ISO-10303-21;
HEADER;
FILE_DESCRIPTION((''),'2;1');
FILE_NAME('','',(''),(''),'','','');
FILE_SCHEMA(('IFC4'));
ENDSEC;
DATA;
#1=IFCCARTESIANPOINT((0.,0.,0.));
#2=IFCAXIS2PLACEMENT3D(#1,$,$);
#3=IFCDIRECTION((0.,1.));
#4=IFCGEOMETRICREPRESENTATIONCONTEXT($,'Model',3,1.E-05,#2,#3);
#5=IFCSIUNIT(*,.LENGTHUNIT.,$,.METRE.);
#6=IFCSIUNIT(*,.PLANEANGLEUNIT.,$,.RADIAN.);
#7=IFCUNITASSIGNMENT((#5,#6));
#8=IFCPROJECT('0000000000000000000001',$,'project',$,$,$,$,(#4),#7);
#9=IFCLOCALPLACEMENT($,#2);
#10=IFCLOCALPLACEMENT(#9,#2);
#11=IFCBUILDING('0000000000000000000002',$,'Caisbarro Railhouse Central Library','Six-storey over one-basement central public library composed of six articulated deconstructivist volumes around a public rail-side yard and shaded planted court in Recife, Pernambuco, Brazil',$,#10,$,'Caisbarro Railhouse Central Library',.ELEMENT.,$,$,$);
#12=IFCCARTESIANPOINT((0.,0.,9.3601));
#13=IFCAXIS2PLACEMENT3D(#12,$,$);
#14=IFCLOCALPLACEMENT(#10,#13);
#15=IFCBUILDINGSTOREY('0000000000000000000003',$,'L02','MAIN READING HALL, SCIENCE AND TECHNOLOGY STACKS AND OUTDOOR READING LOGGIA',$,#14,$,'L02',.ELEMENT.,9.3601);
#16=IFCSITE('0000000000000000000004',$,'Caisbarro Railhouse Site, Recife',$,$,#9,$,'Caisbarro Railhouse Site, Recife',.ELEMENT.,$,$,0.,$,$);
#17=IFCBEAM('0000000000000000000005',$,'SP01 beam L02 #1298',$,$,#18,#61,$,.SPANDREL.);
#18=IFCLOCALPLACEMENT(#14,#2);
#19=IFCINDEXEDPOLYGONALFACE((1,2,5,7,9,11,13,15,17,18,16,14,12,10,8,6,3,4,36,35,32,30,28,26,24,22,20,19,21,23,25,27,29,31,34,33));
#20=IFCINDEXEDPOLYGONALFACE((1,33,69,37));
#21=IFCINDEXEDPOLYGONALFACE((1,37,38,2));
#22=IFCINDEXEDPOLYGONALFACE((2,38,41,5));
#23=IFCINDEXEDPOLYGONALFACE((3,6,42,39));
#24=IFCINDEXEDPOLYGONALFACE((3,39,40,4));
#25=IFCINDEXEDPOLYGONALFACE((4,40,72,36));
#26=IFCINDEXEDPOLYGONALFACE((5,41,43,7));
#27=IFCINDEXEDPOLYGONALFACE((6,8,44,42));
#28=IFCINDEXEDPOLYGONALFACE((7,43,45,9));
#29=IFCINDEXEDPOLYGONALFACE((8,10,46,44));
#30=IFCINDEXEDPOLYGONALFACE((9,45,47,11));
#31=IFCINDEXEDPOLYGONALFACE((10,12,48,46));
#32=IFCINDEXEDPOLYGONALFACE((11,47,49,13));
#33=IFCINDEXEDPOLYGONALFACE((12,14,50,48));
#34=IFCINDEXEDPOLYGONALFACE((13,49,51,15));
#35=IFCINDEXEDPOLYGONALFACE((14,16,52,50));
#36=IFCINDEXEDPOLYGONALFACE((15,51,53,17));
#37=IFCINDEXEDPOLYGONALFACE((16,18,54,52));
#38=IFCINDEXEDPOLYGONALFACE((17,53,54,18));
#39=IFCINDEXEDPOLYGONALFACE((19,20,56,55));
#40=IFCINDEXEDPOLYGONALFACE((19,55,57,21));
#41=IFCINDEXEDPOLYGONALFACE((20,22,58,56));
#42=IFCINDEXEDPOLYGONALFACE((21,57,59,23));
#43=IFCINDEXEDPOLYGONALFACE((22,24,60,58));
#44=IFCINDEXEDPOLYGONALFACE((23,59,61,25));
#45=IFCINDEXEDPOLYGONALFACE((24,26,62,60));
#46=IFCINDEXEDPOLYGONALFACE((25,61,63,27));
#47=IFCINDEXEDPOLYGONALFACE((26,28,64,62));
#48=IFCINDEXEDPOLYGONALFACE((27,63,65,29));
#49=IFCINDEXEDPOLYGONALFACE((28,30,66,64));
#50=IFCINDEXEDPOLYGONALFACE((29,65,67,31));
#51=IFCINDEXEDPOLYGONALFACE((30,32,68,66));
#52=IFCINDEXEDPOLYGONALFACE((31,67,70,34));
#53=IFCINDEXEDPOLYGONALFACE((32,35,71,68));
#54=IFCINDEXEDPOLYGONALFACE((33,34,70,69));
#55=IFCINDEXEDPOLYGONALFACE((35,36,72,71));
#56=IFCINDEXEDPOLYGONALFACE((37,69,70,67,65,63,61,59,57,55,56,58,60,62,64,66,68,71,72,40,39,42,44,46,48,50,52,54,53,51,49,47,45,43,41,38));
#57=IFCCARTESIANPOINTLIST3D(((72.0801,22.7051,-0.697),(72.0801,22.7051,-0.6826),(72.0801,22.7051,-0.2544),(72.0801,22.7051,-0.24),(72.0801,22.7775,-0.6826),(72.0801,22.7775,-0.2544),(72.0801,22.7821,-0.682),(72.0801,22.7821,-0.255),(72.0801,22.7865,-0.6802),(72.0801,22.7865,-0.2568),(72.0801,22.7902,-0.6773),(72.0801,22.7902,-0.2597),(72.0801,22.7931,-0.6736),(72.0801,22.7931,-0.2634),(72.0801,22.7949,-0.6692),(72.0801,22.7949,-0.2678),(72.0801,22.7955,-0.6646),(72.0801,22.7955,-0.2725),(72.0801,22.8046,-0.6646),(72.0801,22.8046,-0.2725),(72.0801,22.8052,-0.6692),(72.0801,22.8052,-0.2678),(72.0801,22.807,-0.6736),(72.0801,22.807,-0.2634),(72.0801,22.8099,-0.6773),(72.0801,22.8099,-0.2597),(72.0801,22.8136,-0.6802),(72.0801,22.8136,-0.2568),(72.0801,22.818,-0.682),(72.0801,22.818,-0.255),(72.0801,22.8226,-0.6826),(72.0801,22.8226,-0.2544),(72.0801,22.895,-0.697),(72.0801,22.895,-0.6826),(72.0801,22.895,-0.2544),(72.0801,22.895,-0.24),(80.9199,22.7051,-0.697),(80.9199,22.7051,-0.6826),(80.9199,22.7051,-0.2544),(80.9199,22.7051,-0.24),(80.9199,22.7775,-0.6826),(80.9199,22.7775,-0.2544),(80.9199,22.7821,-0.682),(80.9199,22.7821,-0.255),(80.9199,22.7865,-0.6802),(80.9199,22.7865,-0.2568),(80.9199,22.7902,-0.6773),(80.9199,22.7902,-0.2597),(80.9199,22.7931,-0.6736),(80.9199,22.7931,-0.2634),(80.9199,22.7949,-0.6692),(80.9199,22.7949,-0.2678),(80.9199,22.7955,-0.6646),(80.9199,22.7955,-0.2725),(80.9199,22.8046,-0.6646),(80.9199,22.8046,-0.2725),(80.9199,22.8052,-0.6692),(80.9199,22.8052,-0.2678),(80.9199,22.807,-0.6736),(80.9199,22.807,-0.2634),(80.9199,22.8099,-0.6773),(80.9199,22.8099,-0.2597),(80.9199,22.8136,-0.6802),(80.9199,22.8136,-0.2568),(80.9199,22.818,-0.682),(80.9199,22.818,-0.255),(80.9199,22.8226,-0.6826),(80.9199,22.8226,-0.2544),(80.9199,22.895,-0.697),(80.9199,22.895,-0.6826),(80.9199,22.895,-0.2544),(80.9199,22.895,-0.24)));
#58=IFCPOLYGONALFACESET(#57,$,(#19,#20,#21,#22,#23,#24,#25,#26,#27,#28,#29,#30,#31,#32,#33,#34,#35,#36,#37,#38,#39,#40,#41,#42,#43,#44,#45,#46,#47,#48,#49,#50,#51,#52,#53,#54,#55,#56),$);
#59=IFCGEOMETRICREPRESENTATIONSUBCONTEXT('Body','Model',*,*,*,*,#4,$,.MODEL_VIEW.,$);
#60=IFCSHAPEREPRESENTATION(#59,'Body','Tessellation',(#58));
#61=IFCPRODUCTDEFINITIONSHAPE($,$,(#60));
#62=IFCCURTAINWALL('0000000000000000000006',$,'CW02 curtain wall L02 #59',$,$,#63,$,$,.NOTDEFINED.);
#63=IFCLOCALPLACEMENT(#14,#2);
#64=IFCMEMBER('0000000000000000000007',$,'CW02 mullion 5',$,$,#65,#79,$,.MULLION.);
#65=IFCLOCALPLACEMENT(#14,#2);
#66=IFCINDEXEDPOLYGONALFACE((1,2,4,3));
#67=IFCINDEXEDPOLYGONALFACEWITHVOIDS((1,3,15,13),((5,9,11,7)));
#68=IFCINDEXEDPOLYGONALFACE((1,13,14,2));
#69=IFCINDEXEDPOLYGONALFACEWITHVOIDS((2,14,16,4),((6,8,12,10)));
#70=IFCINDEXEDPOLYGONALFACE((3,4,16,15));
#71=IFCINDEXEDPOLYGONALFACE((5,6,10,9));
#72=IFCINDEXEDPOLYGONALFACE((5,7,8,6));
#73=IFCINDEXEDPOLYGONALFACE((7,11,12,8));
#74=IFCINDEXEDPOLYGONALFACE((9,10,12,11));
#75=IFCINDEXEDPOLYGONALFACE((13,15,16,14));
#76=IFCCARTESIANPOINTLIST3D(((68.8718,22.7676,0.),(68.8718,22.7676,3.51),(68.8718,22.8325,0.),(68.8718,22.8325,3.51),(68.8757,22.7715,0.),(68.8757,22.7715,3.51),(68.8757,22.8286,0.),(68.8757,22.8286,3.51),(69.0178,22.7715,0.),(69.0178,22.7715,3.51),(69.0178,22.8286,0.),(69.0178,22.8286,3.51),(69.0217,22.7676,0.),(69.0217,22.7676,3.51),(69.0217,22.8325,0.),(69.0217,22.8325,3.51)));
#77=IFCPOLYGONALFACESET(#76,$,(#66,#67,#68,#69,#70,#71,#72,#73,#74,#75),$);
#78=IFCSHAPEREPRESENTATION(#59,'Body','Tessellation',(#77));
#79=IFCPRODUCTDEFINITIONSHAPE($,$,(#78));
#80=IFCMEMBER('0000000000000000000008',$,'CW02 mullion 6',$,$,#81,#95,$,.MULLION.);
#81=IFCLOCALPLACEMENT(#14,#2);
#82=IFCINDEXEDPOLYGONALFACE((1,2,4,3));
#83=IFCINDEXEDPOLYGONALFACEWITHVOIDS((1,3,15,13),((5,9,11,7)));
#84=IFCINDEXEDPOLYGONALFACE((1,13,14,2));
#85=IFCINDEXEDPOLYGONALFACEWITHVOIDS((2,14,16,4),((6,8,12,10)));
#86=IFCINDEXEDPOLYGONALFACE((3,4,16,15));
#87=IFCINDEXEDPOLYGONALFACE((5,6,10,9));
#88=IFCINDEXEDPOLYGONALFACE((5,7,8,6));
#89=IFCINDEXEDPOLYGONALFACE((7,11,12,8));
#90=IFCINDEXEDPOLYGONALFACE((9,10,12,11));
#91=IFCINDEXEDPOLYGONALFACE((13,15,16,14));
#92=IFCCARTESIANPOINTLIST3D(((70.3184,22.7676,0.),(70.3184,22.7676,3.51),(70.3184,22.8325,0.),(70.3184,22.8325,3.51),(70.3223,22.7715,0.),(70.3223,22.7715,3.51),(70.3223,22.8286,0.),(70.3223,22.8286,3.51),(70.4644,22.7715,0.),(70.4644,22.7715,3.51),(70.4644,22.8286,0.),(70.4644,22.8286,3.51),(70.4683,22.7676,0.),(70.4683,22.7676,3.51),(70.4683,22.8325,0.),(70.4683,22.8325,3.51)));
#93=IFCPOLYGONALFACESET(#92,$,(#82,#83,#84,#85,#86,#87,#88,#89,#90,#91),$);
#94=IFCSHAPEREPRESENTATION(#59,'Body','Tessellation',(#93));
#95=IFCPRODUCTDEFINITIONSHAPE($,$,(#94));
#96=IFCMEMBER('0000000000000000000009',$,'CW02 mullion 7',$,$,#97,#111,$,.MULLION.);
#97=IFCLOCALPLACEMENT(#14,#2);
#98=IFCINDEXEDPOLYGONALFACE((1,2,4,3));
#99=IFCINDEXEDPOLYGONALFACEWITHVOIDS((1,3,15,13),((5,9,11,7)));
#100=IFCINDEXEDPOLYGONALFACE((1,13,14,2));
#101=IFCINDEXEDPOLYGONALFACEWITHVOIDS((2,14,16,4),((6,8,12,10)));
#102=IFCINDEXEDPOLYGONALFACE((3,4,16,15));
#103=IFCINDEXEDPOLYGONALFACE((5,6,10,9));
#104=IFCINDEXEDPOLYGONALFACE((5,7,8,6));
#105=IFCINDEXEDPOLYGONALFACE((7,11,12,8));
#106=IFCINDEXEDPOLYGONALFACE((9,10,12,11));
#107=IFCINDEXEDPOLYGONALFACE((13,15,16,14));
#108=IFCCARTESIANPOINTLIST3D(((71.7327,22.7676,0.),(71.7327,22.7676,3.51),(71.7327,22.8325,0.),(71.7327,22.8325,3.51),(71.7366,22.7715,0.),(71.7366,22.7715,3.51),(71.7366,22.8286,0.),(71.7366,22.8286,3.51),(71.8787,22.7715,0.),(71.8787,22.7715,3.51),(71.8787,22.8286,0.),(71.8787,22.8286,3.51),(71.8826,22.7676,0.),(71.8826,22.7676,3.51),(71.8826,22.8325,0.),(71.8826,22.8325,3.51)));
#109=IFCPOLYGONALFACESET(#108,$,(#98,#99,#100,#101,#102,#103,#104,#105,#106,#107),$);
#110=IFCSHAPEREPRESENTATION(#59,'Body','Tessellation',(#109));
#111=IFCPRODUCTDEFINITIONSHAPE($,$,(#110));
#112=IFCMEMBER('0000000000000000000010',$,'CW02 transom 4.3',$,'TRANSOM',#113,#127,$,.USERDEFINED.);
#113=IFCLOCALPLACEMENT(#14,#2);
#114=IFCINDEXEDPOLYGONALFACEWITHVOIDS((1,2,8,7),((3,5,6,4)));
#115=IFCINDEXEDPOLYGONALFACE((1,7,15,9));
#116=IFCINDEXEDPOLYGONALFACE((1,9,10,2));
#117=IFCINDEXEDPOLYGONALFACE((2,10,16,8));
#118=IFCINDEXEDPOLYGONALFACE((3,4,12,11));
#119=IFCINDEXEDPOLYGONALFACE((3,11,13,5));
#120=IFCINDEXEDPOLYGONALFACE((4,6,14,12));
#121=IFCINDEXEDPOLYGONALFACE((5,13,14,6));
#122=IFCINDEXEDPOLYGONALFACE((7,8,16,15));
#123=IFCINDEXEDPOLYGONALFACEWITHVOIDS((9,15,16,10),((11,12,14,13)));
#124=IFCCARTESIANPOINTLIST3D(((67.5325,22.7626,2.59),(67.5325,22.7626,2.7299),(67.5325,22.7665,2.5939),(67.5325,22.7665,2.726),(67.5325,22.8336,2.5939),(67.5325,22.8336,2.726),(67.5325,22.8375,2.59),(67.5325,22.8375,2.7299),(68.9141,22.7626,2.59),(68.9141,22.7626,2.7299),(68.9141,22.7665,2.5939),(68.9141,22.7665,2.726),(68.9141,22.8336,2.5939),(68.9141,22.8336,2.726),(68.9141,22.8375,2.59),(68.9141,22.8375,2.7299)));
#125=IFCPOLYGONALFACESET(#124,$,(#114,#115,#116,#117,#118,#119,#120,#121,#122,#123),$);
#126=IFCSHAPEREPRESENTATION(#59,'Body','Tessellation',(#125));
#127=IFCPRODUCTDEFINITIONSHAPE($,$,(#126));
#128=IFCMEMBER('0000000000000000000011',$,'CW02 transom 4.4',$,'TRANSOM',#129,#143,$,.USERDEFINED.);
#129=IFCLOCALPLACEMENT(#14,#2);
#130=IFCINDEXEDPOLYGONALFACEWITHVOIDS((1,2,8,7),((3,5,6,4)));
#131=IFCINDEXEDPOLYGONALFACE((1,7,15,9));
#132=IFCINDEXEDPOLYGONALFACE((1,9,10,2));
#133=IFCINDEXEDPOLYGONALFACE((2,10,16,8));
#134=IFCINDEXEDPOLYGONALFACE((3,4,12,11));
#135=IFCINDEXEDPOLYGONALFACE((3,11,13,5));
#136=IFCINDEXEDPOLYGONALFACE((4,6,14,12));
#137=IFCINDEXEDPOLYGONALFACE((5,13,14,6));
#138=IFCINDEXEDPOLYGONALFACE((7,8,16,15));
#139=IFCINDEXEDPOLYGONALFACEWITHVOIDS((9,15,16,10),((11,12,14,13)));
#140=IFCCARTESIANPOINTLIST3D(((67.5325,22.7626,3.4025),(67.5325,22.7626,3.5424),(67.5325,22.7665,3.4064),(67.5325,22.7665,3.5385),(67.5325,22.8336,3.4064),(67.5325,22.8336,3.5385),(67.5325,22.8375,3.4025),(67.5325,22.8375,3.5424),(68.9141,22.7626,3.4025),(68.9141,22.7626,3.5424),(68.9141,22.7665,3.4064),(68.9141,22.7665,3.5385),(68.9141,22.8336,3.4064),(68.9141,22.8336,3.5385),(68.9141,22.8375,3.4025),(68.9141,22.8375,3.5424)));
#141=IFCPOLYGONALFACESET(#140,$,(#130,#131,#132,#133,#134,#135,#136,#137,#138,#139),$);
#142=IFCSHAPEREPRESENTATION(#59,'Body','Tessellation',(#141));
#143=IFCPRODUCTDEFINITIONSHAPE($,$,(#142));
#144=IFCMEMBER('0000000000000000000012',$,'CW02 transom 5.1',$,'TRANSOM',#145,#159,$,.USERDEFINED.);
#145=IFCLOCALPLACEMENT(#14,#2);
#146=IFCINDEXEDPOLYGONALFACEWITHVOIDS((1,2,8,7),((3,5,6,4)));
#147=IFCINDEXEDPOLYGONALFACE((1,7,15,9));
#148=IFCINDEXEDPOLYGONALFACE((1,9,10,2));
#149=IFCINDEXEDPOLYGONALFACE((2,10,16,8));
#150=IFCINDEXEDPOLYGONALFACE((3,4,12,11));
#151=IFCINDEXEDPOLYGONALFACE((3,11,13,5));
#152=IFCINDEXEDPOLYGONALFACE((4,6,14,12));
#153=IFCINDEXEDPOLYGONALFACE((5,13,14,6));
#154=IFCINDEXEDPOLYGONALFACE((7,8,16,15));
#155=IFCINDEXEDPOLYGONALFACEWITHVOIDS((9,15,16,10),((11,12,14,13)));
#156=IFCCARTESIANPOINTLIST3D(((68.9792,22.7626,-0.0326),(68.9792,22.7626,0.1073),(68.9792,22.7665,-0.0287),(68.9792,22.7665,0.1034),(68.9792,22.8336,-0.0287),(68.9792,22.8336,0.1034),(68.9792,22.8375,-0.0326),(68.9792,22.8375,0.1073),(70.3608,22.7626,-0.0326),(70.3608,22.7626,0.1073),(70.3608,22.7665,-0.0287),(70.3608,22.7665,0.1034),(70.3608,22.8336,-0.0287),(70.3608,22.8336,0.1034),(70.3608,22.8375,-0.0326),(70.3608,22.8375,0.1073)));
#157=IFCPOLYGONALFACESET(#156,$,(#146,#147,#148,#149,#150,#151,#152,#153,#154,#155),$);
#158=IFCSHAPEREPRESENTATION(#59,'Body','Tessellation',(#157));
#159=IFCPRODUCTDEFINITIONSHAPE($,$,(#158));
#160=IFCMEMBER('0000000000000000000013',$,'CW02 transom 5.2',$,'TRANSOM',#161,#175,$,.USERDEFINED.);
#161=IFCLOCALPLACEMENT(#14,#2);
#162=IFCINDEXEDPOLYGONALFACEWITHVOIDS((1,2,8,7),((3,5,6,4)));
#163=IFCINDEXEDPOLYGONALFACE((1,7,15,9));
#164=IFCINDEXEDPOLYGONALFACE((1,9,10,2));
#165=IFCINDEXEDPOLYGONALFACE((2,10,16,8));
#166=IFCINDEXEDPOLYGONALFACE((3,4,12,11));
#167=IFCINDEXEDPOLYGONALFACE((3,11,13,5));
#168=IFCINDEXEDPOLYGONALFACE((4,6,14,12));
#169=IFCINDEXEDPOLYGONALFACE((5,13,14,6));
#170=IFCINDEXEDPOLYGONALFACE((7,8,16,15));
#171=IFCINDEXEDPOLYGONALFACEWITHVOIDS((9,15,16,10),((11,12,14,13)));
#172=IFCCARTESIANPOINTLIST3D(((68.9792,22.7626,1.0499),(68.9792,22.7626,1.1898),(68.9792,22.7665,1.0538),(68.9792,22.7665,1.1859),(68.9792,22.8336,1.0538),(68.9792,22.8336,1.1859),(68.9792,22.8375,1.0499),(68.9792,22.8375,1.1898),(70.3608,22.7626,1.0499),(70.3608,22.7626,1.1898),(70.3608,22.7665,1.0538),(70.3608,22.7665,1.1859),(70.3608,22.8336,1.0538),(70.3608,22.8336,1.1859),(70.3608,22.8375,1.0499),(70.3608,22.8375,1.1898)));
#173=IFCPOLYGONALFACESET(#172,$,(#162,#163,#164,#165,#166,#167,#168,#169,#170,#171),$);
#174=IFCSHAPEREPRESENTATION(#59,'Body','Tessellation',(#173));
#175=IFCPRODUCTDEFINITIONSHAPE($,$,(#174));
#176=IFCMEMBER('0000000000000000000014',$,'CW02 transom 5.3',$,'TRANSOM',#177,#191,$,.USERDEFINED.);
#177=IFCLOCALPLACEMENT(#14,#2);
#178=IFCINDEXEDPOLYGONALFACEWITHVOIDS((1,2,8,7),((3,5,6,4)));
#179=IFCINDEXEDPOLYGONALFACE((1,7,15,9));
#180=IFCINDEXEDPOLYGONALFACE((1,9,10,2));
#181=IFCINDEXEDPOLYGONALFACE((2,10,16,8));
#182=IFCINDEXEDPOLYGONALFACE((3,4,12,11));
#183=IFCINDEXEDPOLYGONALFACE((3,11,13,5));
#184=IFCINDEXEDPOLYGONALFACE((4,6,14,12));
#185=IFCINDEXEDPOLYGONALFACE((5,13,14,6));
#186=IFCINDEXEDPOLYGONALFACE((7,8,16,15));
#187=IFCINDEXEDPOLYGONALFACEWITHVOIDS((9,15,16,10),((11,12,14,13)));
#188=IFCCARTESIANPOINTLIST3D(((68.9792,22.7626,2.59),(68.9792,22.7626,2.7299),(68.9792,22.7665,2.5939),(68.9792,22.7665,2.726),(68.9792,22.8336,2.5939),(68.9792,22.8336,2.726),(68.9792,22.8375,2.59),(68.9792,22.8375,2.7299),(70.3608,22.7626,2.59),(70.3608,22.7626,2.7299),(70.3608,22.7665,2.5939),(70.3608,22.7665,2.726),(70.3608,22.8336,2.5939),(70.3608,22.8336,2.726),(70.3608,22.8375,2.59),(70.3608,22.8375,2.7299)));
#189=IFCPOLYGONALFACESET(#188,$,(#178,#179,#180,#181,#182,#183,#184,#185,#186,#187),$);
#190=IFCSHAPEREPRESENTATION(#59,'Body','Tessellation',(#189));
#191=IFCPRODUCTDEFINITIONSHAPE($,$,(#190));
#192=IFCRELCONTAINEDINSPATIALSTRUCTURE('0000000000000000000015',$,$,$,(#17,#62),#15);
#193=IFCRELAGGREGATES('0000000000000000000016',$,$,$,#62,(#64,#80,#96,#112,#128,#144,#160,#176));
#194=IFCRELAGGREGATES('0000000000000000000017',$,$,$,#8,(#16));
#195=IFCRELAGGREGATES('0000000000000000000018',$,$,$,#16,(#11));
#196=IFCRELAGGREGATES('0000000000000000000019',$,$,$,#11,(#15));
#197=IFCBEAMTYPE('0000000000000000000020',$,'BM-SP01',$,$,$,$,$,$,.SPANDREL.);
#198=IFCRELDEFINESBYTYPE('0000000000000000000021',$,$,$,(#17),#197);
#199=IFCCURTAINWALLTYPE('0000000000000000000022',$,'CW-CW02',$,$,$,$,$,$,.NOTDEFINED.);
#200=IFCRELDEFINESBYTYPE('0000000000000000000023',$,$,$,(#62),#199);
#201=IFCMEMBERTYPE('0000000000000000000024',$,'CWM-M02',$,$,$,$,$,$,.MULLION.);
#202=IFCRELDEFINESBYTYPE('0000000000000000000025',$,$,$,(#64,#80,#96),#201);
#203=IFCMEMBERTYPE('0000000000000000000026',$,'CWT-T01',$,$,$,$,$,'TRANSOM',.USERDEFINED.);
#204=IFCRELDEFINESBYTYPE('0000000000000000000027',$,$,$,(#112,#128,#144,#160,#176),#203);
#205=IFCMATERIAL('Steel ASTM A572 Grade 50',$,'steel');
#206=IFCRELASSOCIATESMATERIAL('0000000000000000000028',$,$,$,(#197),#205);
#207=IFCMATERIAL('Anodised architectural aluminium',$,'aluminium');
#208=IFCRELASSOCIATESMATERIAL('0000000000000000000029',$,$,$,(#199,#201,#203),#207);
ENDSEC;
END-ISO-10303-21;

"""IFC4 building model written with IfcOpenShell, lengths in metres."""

from ifc_helpers import new_model, si_unit, direction, frame, origin, origin_2d, place, context, subcontext, project, spatial, hollow_rectangle, i_section, extrude, material, material_profile, profile_set, type_object, element, aggregate, save


model = new_model("IFC4")

# Units and contexts
model_context = context("Model", 3, precision=1e-05, world=origin(), true_north=direction((0.0, 1.0)))
body_context = subcontext(model_context, "Body", "Model", "MODEL_VIEW")
ifc_project = project(units=[si_unit("LENGTHUNIT", "METRE"), si_unit("PLANEANGLEUNIT", "RADIAN")], contexts=[model_context])

# Site, building, storey
site_placement = place(None, origin())
site = spatial("IfcSite", under=ifc_project, at=site_placement, Name="Caisbarro Railhouse Site, Recife", LongName="Caisbarro Railhouse Site, Recife", CompositionType="ELEMENT", RefElevation=0.0)
building_placement = place(site_placement, origin())
building = spatial("IfcBuilding", under=site, at=building_placement, Name="Caisbarro Railhouse Central Library", Description="Six-storey over one-basement central public library composed of six articulated deconstructivist volumes around a public rail-side yard and shaded planted court in Recife, Pernambuco, Brazil", LongName="Caisbarro Railhouse Central Library", CompositionType="ELEMENT")
storey_placement = place(building_placement, frame((0.0, 0.0, 9.3601)))
storey = spatial("IfcBuildingStorey", under=building, at=storey_placement, Name="L02", Description="MAIN READING HALL, SCIENCE AND TECHNOLOGY STACKS AND OUTDOOR READING LOGGIA", LongName="L02", CompositionType="ELEMENT", Elevation=9.3601)

# Shared definitions
ifc_material_1 = material(Name="Steel ASTM A572 Grade 50", Category="steel")

# Beam
ifc_material_profile_1 = material_profile(ifc_material_1, i_section(OverallWidth=0.1899, OverallDepth=0.457, WebThickness=0.009, FlangeThickness=0.0144, FilletRadius=0.0181, at=origin_2d()), Name="W460X74.0")
ifc_profile_set_1 = profile_set([ifc_material_profile_1], Name="Steel ASTM A572 Grade 50")
beam_type_1 = type_object("IfcBeamType", Name="BM-SP01", PredefinedType="SPANDREL", material=ifc_profile_set_1)
beam_1_placement = place(storey_placement, frame((72.0801, 22.8, -0.4685), z_axis=(1.0, 0.0, 0.0), x_axis=(0.0, 1.0, 0.0)))
element("IfcBeam", 1, at=beam_1_placement, inside=storey, type_object=beam_type_1, Name="SP01 beam L02 #1298", PredefinedType="SPANDREL", context=body_context, shape_type="SweptSolid", body=[
    extrude(i_section(OverallWidth=0.1899, OverallDepth=0.457, WebThickness=0.009, FlangeThickness=0.0144, FilletRadius=0.0181, at=origin_2d()), origin(), (0.0, 0.0, 1.0), 8.8398),
])

# Curtain wall, members
ifc_material_2 = material(Name="Anodised architectural aluminium", Category="aluminium")
curtain_wall_type = type_object("IfcCurtainWallType", Name="CW-CW02", PredefinedType="NOTDEFINED", material=ifc_material_2)
curtain_wall_placement = place(storey_placement, origin())
curtain_wall = element("IfcCurtainWall", 2, at=curtain_wall_placement, inside=storey, type_object=curtain_wall_type, Name="CW02 curtain wall L02 #59", PredefinedType="NOTDEFINED")
ifc_material_profile_2 = material_profile(ifc_material_2, hollow_rectangle(XDim=0.0649, YDim=0.1499, WallThickness=0.0039, at=origin_2d()), Name="ALU-MUL-65X150")
ifc_profile_set_2 = profile_set([ifc_material_profile_2], Name="Anodised architectural aluminium")
member_type_1 = type_object("IfcMemberType", Name="CWM-M02", PredefinedType="MULLION", material=ifc_profile_set_2)
member_1_placement = place(storey_placement, frame((68.9468, 22.8, 0.0), z_axis=(0.0, 0.0, 1.0), x_axis=(0.0, 1.0, 0.0)))
member_1 = element("IfcMember", 3, at=member_1_placement, type_object=member_type_1, Name="CW02 mullion 5", PredefinedType="MULLION", context=body_context, shape_type="SweptSolid", body=[
    extrude(hollow_rectangle(XDim=0.0649, YDim=0.1499, WallThickness=0.0039, at=origin_2d()), origin(), (0.0, 0.0, 1.0), 3.51),
])
member_2_placement = place(storey_placement, frame((70.3933, 22.8, 0.0), z_axis=(0.0, 0.0, 1.0), x_axis=(0.0, 1.0, 0.0)))
member_2 = element("IfcMember", 4, at=member_2_placement, type_object=member_type_1, Name="CW02 mullion 6", PredefinedType="MULLION", context=body_context, shape_type="SweptSolid", body=[
    extrude(hollow_rectangle(XDim=0.0649, YDim=0.1499, WallThickness=0.0039, at=origin_2d()), origin(), (0.0, 0.0, 1.0), 3.51),
])
member_3_placement = place(storey_placement, frame((71.8076, 22.8, 0.0), z_axis=(0.0, 0.0, 1.0), x_axis=(0.0, 1.0, 0.0)))
member_3 = element("IfcMember", 5, at=member_3_placement, type_object=member_type_1, Name="CW02 mullion 7", PredefinedType="MULLION", context=body_context, shape_type="SweptSolid", body=[
    extrude(hollow_rectangle(XDim=0.0649, YDim=0.1499, WallThickness=0.0039, at=origin_2d()), origin(), (0.0, 0.0, 1.0), 3.51),
])
ifc_material_profile_3 = material_profile(ifc_material_2, hollow_rectangle(XDim=0.075, YDim=0.1399, WallThickness=0.0039, at=origin_2d()), Name="ALU-TRN-75X140")
ifc_profile_set_3 = profile_set([ifc_material_profile_3], Name="Anodised architectural aluminium")
member_type_2 = type_object("IfcMemberType", Name="CWT-T01", ElementType="TRANSOM", PredefinedType="USERDEFINED", material=ifc_profile_set_3)
member_4_placement = place(storey_placement, frame((67.5325, 22.8, 2.6599), z_axis=(1.0, 0.0, 0.0), x_axis=(0.0, 1.0, 0.0)))
member_4 = element("IfcMember", 6, at=member_4_placement, type_object=member_type_2, Name="CW02 transom 4.3", ObjectType="TRANSOM", PredefinedType="USERDEFINED", context=body_context, shape_type="SweptSolid", body=[
    extrude(hollow_rectangle(XDim=0.075, YDim=0.1399, WallThickness=0.0039, at=origin_2d()), origin(), (0.0, 0.0, 1.0), 1.3816),
])
member_5_placement = place(storey_placement, frame((67.5325, 22.8, 3.4724), z_axis=(1.0, 0.0, 0.0), x_axis=(0.0, 1.0, 0.0)))
member_5 = element("IfcMember", 7, at=member_5_placement, type_object=member_type_2, Name="CW02 transom 4.4", ObjectType="TRANSOM", PredefinedType="USERDEFINED", context=body_context, shape_type="SweptSolid", body=[
    extrude(hollow_rectangle(XDim=0.075, YDim=0.1399, WallThickness=0.0039, at=origin_2d()), origin(), (0.0, 0.0, 1.0), 1.3816),
])
member_6_placement = place(storey_placement, frame((68.9792, 22.8, 0.0374), z_axis=(1.0, 0.0, 0.0), x_axis=(0.0, 1.0, 0.0)))
member_6 = element("IfcMember", 8, at=member_6_placement, type_object=member_type_2, Name="CW02 transom 5.1", ObjectType="TRANSOM", PredefinedType="USERDEFINED", context=body_context, shape_type="SweptSolid", body=[
    extrude(hollow_rectangle(XDim=0.075, YDim=0.1399, WallThickness=0.0039, at=origin_2d()), origin(), (0.0, 0.0, 1.0), 1.3816),
])
member_7_placement = place(storey_placement, frame((68.9792, 22.8, 1.1199), z_axis=(1.0, 0.0, 0.0), x_axis=(0.0, 1.0, 0.0)))
member_7 = element("IfcMember", 9, at=member_7_placement, type_object=member_type_2, Name="CW02 transom 5.2", ObjectType="TRANSOM", PredefinedType="USERDEFINED", context=body_context, shape_type="SweptSolid", body=[
    extrude(hollow_rectangle(XDim=0.075, YDim=0.1399, WallThickness=0.0039, at=origin_2d()), origin(), (0.0, 0.0, 1.0), 1.3816),
])
member_8_placement = place(storey_placement, frame((68.9792, 22.8, 2.6599), z_axis=(1.0, 0.0, 0.0), x_axis=(0.0, 1.0, 0.0)))
member_8 = element("IfcMember", 10, at=member_8_placement, type_object=member_type_2, Name="CW02 transom 5.3", ObjectType="TRANSOM", PredefinedType="USERDEFINED", context=body_context, shape_type="SweptSolid", body=[
    extrude(hollow_rectangle(XDim=0.075, YDim=0.1399, WallThickness=0.0039, at=origin_2d()), origin(), (0.0, 0.0, 1.0), 1.3816),
])

aggregate(curtain_wall, [member_1, member_2, member_3, member_4, member_5, member_6, member_7, member_8])

save(model, "model.ifc")
